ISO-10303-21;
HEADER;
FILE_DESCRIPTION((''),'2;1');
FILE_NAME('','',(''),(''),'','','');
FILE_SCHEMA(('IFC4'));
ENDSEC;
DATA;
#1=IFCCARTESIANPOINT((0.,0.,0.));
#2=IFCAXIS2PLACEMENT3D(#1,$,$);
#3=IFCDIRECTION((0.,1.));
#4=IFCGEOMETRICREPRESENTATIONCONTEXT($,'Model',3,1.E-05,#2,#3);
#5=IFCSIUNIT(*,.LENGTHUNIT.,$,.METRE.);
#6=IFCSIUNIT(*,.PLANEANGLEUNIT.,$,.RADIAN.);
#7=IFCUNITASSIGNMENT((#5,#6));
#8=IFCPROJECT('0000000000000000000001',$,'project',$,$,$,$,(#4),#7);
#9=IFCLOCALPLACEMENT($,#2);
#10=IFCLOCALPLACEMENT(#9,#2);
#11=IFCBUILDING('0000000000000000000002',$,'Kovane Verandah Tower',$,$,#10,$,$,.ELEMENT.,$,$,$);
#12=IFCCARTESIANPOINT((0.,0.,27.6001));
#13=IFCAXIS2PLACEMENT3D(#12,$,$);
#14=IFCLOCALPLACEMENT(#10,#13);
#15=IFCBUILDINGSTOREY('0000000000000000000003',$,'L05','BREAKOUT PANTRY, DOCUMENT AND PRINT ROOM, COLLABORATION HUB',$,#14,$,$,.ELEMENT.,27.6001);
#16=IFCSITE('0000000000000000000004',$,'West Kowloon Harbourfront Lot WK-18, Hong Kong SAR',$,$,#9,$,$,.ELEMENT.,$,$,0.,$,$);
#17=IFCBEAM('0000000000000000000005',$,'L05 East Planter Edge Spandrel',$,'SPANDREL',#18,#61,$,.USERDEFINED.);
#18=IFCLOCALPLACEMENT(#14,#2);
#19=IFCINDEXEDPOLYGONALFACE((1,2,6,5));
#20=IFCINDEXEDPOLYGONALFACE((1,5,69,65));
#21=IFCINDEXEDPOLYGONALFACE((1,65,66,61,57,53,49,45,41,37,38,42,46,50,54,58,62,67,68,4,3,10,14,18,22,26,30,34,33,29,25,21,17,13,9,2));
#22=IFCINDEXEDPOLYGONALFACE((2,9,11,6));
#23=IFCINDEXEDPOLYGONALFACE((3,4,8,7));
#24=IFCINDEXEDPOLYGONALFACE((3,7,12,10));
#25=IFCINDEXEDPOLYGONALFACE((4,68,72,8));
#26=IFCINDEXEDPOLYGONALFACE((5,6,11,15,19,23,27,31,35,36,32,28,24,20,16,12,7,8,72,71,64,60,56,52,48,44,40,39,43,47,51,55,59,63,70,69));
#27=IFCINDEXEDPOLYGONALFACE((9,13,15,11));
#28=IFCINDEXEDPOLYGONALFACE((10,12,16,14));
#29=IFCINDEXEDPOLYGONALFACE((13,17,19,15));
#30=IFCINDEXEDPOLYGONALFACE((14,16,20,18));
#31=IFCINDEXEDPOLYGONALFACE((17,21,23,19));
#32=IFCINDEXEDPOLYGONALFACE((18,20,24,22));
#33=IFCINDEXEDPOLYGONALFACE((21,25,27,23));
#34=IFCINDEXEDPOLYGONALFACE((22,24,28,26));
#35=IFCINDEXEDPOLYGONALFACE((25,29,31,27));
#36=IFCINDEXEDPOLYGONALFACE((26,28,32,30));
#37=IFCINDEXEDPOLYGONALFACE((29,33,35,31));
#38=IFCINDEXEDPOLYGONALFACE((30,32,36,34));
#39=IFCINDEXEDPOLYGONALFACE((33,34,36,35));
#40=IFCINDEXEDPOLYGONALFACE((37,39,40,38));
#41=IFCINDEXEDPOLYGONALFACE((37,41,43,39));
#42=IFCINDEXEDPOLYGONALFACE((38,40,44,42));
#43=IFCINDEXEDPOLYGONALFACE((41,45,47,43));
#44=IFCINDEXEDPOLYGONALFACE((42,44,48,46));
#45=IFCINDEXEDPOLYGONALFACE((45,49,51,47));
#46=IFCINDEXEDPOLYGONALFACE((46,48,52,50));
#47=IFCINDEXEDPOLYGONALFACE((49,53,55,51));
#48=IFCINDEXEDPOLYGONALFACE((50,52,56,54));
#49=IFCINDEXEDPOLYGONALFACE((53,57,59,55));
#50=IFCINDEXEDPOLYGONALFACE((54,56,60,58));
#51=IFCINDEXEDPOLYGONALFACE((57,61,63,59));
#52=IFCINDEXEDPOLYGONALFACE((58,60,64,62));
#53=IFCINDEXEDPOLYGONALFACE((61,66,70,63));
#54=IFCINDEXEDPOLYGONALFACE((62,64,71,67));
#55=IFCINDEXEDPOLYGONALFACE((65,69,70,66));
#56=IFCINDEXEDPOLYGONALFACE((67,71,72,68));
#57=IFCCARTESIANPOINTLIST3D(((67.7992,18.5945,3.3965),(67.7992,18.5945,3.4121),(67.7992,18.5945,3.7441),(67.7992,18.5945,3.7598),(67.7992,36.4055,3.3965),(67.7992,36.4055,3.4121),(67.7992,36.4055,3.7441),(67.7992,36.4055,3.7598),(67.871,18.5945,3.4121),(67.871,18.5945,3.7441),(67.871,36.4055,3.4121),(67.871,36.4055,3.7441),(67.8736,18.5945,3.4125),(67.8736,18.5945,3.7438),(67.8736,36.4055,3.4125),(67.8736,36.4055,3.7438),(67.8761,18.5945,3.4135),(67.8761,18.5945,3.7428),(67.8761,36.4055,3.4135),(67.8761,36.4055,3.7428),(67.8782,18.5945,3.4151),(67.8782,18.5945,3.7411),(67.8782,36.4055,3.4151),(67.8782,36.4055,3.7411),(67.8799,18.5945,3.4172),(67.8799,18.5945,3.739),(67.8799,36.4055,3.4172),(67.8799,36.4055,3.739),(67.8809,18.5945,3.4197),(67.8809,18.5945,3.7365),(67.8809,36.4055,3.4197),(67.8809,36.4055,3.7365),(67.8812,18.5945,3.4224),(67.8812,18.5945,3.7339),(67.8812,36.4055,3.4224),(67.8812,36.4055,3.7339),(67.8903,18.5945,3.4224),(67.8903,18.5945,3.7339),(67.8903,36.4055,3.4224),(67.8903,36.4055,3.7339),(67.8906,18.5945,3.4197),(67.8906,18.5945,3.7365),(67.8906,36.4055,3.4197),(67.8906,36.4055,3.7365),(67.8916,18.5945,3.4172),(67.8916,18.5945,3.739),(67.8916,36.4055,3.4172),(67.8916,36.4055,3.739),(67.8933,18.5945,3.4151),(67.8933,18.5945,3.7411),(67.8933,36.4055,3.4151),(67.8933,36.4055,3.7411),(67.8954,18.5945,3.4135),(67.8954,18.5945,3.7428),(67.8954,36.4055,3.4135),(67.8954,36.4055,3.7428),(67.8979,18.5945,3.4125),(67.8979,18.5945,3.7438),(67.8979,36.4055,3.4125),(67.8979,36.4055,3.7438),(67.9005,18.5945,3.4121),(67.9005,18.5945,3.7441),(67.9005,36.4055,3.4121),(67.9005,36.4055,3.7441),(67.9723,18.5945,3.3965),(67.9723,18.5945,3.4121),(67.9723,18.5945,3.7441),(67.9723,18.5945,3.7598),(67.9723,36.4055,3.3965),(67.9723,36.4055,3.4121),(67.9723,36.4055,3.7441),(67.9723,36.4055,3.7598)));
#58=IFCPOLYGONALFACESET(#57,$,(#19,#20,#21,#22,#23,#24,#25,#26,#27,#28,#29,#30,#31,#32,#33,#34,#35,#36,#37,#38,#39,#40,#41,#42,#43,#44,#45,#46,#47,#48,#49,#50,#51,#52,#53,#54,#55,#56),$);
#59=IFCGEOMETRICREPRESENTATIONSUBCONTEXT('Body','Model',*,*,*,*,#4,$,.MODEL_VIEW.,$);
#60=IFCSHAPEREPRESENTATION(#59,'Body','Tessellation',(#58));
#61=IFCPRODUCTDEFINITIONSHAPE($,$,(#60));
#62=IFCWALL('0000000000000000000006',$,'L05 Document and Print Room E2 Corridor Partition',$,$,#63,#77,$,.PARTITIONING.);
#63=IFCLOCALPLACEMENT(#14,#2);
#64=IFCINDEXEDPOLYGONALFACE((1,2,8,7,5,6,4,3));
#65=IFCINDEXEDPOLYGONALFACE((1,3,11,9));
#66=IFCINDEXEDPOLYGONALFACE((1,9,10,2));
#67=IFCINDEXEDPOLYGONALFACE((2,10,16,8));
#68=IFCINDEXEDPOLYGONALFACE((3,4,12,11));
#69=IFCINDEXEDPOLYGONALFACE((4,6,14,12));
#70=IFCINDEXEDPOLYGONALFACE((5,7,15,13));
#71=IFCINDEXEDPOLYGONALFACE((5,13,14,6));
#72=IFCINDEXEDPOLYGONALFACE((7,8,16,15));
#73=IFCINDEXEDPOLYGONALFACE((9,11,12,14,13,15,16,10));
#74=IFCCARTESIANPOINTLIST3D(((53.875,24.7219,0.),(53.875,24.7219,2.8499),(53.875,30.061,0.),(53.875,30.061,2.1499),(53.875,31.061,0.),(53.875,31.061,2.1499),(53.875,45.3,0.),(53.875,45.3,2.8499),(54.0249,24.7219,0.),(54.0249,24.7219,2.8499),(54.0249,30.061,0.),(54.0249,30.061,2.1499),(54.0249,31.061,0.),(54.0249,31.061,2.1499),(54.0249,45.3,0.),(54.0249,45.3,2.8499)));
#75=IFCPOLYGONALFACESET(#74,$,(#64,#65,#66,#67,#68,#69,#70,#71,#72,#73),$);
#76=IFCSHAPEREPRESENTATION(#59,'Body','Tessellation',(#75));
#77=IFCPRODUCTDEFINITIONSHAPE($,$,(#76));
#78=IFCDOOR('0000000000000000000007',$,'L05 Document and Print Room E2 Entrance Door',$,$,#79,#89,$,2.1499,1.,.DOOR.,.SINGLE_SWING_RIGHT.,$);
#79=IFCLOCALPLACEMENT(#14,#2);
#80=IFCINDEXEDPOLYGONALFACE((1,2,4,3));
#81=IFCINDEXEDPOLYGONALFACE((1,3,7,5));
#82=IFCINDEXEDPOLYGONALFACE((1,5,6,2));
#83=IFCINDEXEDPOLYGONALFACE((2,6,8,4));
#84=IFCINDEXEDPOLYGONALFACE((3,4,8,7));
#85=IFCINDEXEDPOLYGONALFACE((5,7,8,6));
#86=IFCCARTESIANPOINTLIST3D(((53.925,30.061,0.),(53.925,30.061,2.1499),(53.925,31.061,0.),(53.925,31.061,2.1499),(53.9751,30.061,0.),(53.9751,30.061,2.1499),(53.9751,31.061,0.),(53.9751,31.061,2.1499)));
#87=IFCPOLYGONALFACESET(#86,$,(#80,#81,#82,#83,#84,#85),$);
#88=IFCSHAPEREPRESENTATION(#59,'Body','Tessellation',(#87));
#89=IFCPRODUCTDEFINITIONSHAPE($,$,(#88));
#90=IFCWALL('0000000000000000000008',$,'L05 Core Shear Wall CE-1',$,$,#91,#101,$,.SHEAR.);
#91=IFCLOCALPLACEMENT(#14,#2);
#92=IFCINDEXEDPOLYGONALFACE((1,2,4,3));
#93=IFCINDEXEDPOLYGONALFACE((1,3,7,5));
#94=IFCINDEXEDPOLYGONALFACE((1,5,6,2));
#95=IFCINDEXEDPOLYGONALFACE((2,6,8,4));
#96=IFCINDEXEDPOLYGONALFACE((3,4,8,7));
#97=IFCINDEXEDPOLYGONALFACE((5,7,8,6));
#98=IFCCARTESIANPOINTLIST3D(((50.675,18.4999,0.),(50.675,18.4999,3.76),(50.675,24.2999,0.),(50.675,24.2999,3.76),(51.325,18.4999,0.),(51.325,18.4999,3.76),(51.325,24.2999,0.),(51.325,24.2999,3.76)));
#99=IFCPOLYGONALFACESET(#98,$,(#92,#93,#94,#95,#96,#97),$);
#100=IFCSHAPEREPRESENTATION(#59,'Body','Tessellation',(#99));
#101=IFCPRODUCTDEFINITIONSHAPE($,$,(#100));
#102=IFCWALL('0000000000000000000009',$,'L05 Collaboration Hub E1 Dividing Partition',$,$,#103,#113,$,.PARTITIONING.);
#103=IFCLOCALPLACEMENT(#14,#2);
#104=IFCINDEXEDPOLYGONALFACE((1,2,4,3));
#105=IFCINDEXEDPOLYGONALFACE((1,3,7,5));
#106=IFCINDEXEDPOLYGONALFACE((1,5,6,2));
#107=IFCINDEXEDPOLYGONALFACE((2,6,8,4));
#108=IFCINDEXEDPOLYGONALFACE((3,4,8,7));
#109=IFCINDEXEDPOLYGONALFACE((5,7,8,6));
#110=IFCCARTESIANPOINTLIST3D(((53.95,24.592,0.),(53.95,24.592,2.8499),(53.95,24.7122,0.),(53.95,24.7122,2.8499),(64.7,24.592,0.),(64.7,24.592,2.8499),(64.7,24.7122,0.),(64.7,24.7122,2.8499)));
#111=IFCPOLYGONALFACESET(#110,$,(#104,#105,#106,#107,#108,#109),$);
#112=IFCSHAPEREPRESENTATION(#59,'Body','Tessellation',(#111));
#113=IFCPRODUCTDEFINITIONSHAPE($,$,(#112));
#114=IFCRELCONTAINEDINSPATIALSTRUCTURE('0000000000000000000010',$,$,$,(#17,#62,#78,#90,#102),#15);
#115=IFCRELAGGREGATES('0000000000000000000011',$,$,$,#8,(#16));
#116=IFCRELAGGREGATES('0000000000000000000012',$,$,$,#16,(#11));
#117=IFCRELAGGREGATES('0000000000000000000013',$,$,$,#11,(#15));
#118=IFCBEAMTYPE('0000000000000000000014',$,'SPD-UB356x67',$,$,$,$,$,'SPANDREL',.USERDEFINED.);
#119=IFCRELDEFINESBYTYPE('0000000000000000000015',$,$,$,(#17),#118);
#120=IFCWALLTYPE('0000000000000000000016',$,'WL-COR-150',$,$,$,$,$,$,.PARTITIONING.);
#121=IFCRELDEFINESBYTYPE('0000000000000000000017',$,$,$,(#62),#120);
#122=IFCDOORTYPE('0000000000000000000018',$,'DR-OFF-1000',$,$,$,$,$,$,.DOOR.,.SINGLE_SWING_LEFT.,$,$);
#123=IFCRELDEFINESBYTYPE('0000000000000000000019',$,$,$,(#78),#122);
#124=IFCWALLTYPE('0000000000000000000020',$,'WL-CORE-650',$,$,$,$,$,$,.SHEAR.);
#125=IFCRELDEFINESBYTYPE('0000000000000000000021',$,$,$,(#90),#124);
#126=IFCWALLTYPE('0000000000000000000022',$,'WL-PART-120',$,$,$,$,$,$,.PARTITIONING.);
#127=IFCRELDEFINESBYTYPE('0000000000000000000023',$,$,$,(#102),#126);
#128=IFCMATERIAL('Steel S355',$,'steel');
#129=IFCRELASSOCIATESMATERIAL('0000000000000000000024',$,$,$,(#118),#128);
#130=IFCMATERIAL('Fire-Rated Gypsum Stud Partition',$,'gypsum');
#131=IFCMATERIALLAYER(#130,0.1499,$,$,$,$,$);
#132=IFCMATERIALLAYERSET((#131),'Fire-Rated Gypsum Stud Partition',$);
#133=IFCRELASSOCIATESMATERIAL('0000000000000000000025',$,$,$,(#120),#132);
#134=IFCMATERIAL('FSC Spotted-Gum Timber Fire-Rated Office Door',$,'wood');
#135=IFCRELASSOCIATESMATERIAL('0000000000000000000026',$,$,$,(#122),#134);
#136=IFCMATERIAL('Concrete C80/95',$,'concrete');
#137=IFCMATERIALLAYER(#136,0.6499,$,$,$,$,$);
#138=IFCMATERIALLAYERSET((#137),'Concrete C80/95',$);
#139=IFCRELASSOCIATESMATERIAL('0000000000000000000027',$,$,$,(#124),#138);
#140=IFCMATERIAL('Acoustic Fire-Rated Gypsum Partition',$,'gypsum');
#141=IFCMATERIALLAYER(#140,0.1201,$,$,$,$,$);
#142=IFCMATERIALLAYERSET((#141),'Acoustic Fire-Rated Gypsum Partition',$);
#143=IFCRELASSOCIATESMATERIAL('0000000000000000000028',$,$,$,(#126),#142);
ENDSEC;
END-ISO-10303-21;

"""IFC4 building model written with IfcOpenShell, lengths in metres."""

from ifc_helpers import new_model, si_unit, direction, frame, frame_2d, origin, origin_2d, place, context, subcontext, project, spatial, rectangle, i_section, extrude, material, layer, layer_set, material_profile, profile_set, type_object, element, fill, save


model = new_model("IFC4")

# Units and contexts
model_context = context("Model", 3, precision=1e-05, world=origin(), true_north=direction((0.0, 1.0)))
body_context = subcontext(model_context, "Body", "Model", "MODEL_VIEW")
ifc_project = project(units=[si_unit("LENGTHUNIT", "METRE"), si_unit("PLANEANGLEUNIT", "RADIAN")], contexts=[model_context])

# Site, building, storey
site_placement = place(None, origin())
site = spatial("IfcSite", under=ifc_project, at=site_placement, Name="West Kowloon Harbourfront Lot WK-18, Hong Kong SAR", CompositionType="ELEMENT", RefElevation=0.0)
building_placement = place(site_placement, origin())
building = spatial("IfcBuilding", under=site, at=building_placement, Name="Kovane Verandah Tower", CompositionType="ELEMENT")
storey_placement = place(building_placement, frame((0.0, 0.0, 27.6001)))
storey = spatial("IfcBuildingStorey", under=building, at=storey_placement, Name="L05", Description="BREAKOUT PANTRY, DOCUMENT AND PRINT ROOM, COLLABORATION HUB", CompositionType="ELEMENT", Elevation=27.6001)

# Shared definitions
ifc_material_1 = material(Name="Concrete C80/95", Category="concrete")

# Beam
ifc_material_2 = material(Name="Steel S355", Category="steel")
ifc_material_profile_1 = material_profile(ifc_material_2, i_section(OverallWidth=0.1731, OverallDepth=0.3633, WebThickness=0.009, FlangeThickness=0.0156, FilletRadius=0.0103, at=origin_2d()), Name="UB356x171x67")
ifc_profile_set_1 = profile_set([ifc_material_profile_1], Name="Steel S355")
beam_type_1 = type_object("IfcBeamType", Name="SPD-UB356x67", ElementType="SPANDREL", PredefinedType="USERDEFINED", material=ifc_profile_set_1)
beam_1_placement = place(storey_placement, frame((67.8857, 18.5945, 3.5781), z_axis=(0.0, 1.0, 0.0), x_axis=(-1.0, 0.0, 0.0)))
element("IfcBeam", 1, at=beam_1_placement, inside=storey, type_object=beam_type_1, Name="L05 East Planter Edge Spandrel", ObjectType="SPANDREL", PredefinedType="USERDEFINED", context=body_context, shape_type="SweptSolid", body=[
    extrude(i_section(OverallWidth=0.1731, OverallDepth=0.3633, WebThickness=0.009, FlangeThickness=0.0156, FilletRadius=0.0103, at=origin_2d()), origin(), (0.0, 0.0, 1.0), 17.811),
])

# Wall, opening, door
ifc_material_3 = material(Name="Fire-Rated Gypsum Stud Partition", Category="gypsum")
ifc_layer_1 = layer(ifc_material_3, 0.1499)
ifc_layer_set_1 = layer_set([ifc_layer_1], Name="Fire-Rated Gypsum Stud Partition")
wall_type_1 = type_object("IfcWallType", Name="WL-COR-150", PredefinedType="PARTITIONING", material=ifc_layer_set_1)
wall_1_placement = place(storey_placement, frame((53.95, 24.7219, 0.0), z_axis=(0.0, 0.0, 1.0), x_axis=(0.0, 1.0, 0.0)))
wall_1 = element("IfcWall", 2, at=wall_1_placement, inside=storey, type_object=wall_type_1, Name="L05 Document and Print Room E2 Corridor Partition", PredefinedType="PARTITIONING", context=body_context, shape_type="SweptSolid", body=[
    extrude(rectangle(XDim=20.5781, YDim=0.1499, at=frame_2d((10.2891, 0.0))), origin(), (0.0, 0.0, 1.0), 2.8499),
])
opening_1_placement = place(wall_1_placement, frame((5.3391, 0.0, 0.0)))
opening_1 = element("IfcOpeningElement", 3, at=opening_1_placement, cuts=wall_1, PredefinedType="OPENING", context=body_context, shape_type="SweptSolid", body=[
    extrude(rectangle(XDim=1.0, YDim=2.1499, at=frame_2d((0.5, 1.075))), frame((0.0, 0.075, 0.0), z_axis=(0.0, -1.0, 0.0), x_axis=(1.0, 0.0, 0.0)), (0.0, 0.0, 1.0), 0.1499),
])
ifc_material_4 = material(Name="FSC Spotted-Gum Timber Fire-Rated Office Door", Category="wood")
door_type_1 = type_object("IfcDoorType", Name="DR-OFF-1000", OperationType="SINGLE_SWING_LEFT", PredefinedType="DOOR", material=ifc_material_4)
door_1_placement = place(opening_1_placement, origin())
door_1 = element("IfcDoor", 4, at=door_1_placement, inside=storey, type_object=door_type_1, Name="L05 Document and Print Room E2 Entrance Door", OperationType="SINGLE_SWING_RIGHT", OverallHeight=2.1499, OverallWidth=1.0, PredefinedType="DOOR", context=body_context, shape_type="SweptSolid", body=[
    extrude(rectangle(XDim=1.0, YDim=2.1499, at=frame_2d((0.5, 1.075))), frame((0.0, 0.0249, 0.0), z_axis=(0.0, -1.0, 0.0), x_axis=(1.0, 0.0, 0.0)), (0.0, 0.0, 1.0), 0.05),
])
fill(opening_1, door_1)

# Wall
ifc_layer_2 = layer(ifc_material_1, 0.6499)
ifc_layer_set_2 = layer_set([ifc_layer_2], Name="Concrete C80/95")
wall_type_2 = type_object("IfcWallType", Name="WL-CORE-650", PredefinedType="SHEAR", material=ifc_layer_set_2)
wall_2_placement = place(storey_placement, frame((51.0, 18.5, 0.0), z_axis=(0.0, 0.0, 1.0), x_axis=(0.0, 1.0, 0.0)))
element("IfcWall", 5, at=wall_2_placement, inside=storey, type_object=wall_type_2, Name="L05 Core Shear Wall CE-1", PredefinedType="SHEAR", context=body_context, shape_type="SweptSolid", body=[
    extrude(rectangle(XDim=5.8, YDim=0.6499, at=frame_2d((2.8999, 0.0))), origin(), (0.0, 0.0, 1.0), 3.76),
])

# Wall
ifc_material_5 = material(Name="Acoustic Fire-Rated Gypsum Partition", Category="gypsum")
ifc_layer_3 = layer(ifc_material_5, 0.1201)
ifc_layer_set_3 = layer_set([ifc_layer_3], Name="Acoustic Fire-Rated Gypsum Partition")
wall_type_3 = type_object("IfcWallType", Name="WL-PART-120", PredefinedType="PARTITIONING", material=ifc_layer_set_3)
wall_3_placement = place(storey_placement, frame((53.95, 24.6521, 0.0), z_axis=(0.0, 0.0, 1.0), x_axis=(1.0, 0.0, 0.0)))
element("IfcWall", 6, at=wall_3_placement, inside=storey, type_object=wall_type_3, Name="L05 Collaboration Hub E1 Dividing Partition", PredefinedType="PARTITIONING", context=body_context, shape_type="SweptSolid", body=[
    extrude(rectangle(XDim=10.75, YDim=0.1201, at=frame_2d((5.375, 0.0))), origin(), (0.0, 0.0, 1.0), 2.8499),
])

save(model, "model.ifc")
